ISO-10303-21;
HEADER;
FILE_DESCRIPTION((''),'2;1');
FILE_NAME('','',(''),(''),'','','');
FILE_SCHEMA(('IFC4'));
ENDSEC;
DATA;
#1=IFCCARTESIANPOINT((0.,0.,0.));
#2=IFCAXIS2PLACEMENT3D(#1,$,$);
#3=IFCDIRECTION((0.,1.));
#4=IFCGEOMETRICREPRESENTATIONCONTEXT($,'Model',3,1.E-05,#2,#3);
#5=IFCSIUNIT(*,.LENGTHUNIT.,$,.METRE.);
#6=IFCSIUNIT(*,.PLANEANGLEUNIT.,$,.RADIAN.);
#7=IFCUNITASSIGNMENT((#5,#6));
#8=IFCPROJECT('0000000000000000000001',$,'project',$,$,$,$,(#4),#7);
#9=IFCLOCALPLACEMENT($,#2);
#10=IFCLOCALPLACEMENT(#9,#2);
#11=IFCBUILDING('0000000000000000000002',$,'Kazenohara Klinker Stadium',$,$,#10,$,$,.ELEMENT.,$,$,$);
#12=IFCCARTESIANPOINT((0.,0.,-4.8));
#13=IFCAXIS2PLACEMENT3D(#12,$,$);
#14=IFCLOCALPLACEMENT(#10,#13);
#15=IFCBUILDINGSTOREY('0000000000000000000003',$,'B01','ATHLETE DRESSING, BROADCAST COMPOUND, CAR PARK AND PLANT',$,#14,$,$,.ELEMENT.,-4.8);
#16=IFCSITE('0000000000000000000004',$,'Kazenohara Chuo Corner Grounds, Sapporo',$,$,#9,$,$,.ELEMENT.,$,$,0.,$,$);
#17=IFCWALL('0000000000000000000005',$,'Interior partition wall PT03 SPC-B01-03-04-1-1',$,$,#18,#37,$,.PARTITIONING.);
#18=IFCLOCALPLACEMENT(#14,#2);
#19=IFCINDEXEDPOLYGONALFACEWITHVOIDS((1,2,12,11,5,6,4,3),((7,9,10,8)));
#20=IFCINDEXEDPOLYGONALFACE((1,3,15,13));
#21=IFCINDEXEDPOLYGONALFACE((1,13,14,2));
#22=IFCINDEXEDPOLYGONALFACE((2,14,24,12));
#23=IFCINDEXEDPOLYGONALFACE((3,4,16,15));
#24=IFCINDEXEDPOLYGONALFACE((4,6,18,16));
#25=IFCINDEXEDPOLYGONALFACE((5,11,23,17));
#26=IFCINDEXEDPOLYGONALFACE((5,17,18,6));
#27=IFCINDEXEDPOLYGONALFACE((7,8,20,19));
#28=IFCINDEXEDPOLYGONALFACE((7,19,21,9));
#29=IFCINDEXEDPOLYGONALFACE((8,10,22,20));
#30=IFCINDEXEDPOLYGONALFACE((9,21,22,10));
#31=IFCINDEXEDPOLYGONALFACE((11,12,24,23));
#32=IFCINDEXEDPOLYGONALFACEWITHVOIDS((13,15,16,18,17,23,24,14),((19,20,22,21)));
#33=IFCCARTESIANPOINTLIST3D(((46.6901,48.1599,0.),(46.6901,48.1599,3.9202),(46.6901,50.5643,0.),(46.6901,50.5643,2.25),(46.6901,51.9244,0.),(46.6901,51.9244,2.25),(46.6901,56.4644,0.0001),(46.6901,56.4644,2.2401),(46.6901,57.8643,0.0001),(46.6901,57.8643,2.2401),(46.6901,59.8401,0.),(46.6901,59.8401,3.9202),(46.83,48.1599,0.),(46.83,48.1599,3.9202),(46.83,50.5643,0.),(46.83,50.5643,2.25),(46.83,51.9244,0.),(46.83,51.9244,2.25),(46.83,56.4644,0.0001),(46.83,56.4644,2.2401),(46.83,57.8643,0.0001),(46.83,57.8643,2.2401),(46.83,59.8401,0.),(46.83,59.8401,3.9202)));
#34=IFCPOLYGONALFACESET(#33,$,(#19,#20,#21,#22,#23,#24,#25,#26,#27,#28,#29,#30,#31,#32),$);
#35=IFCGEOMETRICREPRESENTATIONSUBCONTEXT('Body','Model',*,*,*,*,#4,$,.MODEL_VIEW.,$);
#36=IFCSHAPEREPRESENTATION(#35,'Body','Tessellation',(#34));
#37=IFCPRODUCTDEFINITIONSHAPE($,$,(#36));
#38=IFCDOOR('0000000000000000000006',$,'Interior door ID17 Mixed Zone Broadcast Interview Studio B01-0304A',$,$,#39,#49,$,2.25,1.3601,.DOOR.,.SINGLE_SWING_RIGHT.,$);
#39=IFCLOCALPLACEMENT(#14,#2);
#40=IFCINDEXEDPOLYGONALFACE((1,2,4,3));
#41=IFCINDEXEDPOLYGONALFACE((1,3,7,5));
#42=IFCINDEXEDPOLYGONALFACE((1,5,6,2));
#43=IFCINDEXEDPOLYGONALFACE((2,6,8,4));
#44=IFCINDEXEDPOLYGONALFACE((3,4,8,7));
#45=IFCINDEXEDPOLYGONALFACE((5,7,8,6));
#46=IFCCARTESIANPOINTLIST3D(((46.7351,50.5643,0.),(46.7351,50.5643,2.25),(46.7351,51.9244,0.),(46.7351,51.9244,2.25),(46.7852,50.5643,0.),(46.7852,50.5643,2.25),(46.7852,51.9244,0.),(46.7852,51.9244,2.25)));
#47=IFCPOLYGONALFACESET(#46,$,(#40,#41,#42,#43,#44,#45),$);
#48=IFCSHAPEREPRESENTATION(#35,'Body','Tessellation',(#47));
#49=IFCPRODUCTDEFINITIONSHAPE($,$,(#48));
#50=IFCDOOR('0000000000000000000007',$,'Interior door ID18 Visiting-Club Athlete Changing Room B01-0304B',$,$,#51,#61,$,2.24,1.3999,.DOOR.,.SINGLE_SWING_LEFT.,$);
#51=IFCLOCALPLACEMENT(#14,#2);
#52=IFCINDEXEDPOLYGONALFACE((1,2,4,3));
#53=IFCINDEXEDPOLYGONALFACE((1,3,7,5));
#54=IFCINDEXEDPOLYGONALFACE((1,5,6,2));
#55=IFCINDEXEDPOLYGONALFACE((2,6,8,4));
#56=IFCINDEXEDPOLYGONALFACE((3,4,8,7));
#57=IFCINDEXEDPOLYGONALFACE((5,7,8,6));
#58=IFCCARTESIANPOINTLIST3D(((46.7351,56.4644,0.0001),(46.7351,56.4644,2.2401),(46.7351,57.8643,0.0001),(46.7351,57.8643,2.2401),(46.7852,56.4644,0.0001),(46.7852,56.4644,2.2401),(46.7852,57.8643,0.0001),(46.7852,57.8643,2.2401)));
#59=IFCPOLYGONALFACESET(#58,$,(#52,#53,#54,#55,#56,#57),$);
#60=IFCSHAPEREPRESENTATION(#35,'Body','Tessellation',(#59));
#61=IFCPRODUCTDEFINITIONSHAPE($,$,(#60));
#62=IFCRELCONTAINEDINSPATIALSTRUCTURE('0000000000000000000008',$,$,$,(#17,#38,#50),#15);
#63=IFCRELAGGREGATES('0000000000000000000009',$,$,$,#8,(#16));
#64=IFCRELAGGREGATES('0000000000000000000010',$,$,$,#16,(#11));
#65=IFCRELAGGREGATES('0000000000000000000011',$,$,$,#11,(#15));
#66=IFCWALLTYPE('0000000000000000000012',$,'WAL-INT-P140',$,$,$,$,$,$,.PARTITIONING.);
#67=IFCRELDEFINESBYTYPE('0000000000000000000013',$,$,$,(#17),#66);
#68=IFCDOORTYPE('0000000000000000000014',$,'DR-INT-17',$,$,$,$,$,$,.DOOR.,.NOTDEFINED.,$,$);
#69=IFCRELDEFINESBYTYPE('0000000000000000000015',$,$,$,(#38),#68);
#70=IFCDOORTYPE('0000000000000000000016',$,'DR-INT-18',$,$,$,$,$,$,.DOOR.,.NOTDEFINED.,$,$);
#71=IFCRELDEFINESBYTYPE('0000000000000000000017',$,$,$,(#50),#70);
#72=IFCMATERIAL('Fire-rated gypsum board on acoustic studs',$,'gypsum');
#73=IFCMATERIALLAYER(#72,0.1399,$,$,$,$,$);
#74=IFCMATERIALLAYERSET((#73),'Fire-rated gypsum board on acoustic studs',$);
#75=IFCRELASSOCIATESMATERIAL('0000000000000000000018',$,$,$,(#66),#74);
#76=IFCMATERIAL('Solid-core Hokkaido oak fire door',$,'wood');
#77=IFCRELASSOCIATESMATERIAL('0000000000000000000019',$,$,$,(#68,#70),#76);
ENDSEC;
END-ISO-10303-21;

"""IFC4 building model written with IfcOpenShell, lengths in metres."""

from ifc_helpers import new_model, si_unit, direction, frame, frame_2d, origin, place, context, subcontext, project, spatial, rectangle, extrude, material, layer, layer_set, type_object, element, fill, save


model = new_model("IFC4")

# Units and contexts
model_context = context("Model", 3, precision=1e-05, world=origin(), true_north=direction((0.0, 1.0)))
body_context = subcontext(model_context, "Body", "Model", "MODEL_VIEW")
ifc_project = project(units=[si_unit("LENGTHUNIT", "METRE"), si_unit("PLANEANGLEUNIT", "RADIAN")], contexts=[model_context])

# Site, building, storey
site_placement = place(None, origin())
site = spatial("IfcSite", under=ifc_project, at=site_placement, Name="Kazenohara Chuo Corner Grounds, Sapporo", CompositionType="ELEMENT", RefElevation=0.0)
building_placement = place(site_placement, origin())
building = spatial("IfcBuilding", under=site, at=building_placement, Name="Kazenohara Klinker Stadium", CompositionType="ELEMENT")
storey_placement = place(building_placement, frame((0.0, 0.0, -4.8)))
storey = spatial("IfcBuildingStorey", under=building, at=storey_placement, Name="B01", Description="ATHLETE DRESSING, BROADCAST COMPOUND, CAR PARK AND PLANT", CompositionType="ELEMENT", Elevation=-4.8)

# Wall, openings, doors
ifc_material_1 = material(Name="Fire-rated gypsum board on acoustic studs", Category="gypsum")
ifc_layer_1 = layer(ifc_material_1, 0.1399)
ifc_layer_set_1 = layer_set([ifc_layer_1], Name="Fire-rated gypsum board on acoustic studs")
wall_type_1 = type_object("IfcWallType", Name="WAL-INT-P140", PredefinedType="PARTITIONING", material=ifc_layer_set_1)
wall_1_placement = place(storey_placement, frame((46.76, 48.1599, 0.0), z_axis=(0.0, 0.0, 1.0), x_axis=(0.0, 1.0, 0.0)))
wall_1 = element("IfcWall", 1, at=wall_1_placement, inside=storey, type_object=wall_type_1, Name="Interior partition wall PT03 SPC-B01-03-04-1-1", PredefinedType="PARTITIONING", context=body_context, shape_type="SweptSolid", body=[
    extrude(rectangle(XDim=11.6802, YDim=0.1399, at=frame_2d((5.8401, 0.0))), origin(), (0.0, 0.0, 1.0), 3.9202),
])
opening_1_placement = place(wall_1_placement, frame((2.4043, 0.0, 0.0)))
opening_1 = element("IfcOpeningElement", 2, at=opening_1_placement, cuts=wall_1, PredefinedType="OPENING", context=body_context, shape_type="SweptSolid", body=[
    extrude(rectangle(XDim=1.3601, YDim=2.25, at=frame_2d((0.6802, 1.125))), frame((0.0, 0.0801, 0.0), z_axis=(0.0, -1.0, 0.0), x_axis=(1.0, 0.0, 0.0)), (0.0, 0.0, 1.0), 0.1599),
])
opening_2_placement = place(wall_1_placement, frame((8.3044, 0.0, 0.0)))
opening_2 = element("IfcOpeningElement", 3, at=opening_2_placement, cuts=wall_1, PredefinedType="OPENING", context=body_context, shape_type="SweptSolid", body=[
    extrude(rectangle(XDim=1.3999, YDim=2.24, at=frame_2d((0.7, 1.1201))), frame((0.0, 0.0801, 0.0), z_axis=(0.0, -1.0, 0.0), x_axis=(1.0, 0.0, 0.0)), (0.0, 0.0, 1.0), 0.1599),
])
ifc_material_2 = material(Name="Solid-core Hokkaido oak fire door", Category="wood")
door_type_1 = type_object("IfcDoorType", Name="DR-INT-17", OperationType="NOTDEFINED", PredefinedType="DOOR", material=ifc_material_2)
door_1_placement = place(opening_1_placement, origin())
door_1 = element("IfcDoor", 4, at=door_1_placement, inside=storey, type_object=door_type_1, Name="Interior door ID17 Mixed Zone Broadcast Interview Studio B01-0304A", OperationType="SINGLE_SWING_RIGHT", OverallHeight=2.25, OverallWidth=1.3601, PredefinedType="DOOR", context=body_context, shape_type="SweptSolid", body=[
    extrude(rectangle(XDim=1.3601, YDim=2.25, at=frame_2d((0.6802, 1.125))), frame((0.0, 0.0249, 0.0), z_axis=(0.0, -1.0, 0.0), x_axis=(1.0, 0.0, 0.0)), (0.0, 0.0, 1.0), 0.05),
])
fill(opening_1, door_1)
door_type_2 = type_object("IfcDoorType", Name="DR-INT-18", OperationType="NOTDEFINED", PredefinedType="DOOR", material=ifc_material_2)
door_2_placement = place(opening_2_placement, origin())
door_2 = element("IfcDoor", 5, at=door_2_placement, inside=storey, type_object=door_type_2, Name="Interior door ID18 Visiting-Club Athlete Changing Room B01-0304B", OperationType="SINGLE_SWING_LEFT", OverallHeight=2.24, OverallWidth=1.3999, PredefinedType="DOOR", context=body_context, shape_type="SweptSolid", body=[
    extrude(rectangle(XDim=1.3999, YDim=2.24, at=frame_2d((0.7, 1.1201))), frame((0.0, 0.0249, 0.0), z_axis=(0.0, -1.0, 0.0), x_axis=(1.0, 0.0, 0.0)), (0.0, 0.0, 1.0), 0.05),
])
fill(opening_2, door_2)

save(model, "model.ifc")
